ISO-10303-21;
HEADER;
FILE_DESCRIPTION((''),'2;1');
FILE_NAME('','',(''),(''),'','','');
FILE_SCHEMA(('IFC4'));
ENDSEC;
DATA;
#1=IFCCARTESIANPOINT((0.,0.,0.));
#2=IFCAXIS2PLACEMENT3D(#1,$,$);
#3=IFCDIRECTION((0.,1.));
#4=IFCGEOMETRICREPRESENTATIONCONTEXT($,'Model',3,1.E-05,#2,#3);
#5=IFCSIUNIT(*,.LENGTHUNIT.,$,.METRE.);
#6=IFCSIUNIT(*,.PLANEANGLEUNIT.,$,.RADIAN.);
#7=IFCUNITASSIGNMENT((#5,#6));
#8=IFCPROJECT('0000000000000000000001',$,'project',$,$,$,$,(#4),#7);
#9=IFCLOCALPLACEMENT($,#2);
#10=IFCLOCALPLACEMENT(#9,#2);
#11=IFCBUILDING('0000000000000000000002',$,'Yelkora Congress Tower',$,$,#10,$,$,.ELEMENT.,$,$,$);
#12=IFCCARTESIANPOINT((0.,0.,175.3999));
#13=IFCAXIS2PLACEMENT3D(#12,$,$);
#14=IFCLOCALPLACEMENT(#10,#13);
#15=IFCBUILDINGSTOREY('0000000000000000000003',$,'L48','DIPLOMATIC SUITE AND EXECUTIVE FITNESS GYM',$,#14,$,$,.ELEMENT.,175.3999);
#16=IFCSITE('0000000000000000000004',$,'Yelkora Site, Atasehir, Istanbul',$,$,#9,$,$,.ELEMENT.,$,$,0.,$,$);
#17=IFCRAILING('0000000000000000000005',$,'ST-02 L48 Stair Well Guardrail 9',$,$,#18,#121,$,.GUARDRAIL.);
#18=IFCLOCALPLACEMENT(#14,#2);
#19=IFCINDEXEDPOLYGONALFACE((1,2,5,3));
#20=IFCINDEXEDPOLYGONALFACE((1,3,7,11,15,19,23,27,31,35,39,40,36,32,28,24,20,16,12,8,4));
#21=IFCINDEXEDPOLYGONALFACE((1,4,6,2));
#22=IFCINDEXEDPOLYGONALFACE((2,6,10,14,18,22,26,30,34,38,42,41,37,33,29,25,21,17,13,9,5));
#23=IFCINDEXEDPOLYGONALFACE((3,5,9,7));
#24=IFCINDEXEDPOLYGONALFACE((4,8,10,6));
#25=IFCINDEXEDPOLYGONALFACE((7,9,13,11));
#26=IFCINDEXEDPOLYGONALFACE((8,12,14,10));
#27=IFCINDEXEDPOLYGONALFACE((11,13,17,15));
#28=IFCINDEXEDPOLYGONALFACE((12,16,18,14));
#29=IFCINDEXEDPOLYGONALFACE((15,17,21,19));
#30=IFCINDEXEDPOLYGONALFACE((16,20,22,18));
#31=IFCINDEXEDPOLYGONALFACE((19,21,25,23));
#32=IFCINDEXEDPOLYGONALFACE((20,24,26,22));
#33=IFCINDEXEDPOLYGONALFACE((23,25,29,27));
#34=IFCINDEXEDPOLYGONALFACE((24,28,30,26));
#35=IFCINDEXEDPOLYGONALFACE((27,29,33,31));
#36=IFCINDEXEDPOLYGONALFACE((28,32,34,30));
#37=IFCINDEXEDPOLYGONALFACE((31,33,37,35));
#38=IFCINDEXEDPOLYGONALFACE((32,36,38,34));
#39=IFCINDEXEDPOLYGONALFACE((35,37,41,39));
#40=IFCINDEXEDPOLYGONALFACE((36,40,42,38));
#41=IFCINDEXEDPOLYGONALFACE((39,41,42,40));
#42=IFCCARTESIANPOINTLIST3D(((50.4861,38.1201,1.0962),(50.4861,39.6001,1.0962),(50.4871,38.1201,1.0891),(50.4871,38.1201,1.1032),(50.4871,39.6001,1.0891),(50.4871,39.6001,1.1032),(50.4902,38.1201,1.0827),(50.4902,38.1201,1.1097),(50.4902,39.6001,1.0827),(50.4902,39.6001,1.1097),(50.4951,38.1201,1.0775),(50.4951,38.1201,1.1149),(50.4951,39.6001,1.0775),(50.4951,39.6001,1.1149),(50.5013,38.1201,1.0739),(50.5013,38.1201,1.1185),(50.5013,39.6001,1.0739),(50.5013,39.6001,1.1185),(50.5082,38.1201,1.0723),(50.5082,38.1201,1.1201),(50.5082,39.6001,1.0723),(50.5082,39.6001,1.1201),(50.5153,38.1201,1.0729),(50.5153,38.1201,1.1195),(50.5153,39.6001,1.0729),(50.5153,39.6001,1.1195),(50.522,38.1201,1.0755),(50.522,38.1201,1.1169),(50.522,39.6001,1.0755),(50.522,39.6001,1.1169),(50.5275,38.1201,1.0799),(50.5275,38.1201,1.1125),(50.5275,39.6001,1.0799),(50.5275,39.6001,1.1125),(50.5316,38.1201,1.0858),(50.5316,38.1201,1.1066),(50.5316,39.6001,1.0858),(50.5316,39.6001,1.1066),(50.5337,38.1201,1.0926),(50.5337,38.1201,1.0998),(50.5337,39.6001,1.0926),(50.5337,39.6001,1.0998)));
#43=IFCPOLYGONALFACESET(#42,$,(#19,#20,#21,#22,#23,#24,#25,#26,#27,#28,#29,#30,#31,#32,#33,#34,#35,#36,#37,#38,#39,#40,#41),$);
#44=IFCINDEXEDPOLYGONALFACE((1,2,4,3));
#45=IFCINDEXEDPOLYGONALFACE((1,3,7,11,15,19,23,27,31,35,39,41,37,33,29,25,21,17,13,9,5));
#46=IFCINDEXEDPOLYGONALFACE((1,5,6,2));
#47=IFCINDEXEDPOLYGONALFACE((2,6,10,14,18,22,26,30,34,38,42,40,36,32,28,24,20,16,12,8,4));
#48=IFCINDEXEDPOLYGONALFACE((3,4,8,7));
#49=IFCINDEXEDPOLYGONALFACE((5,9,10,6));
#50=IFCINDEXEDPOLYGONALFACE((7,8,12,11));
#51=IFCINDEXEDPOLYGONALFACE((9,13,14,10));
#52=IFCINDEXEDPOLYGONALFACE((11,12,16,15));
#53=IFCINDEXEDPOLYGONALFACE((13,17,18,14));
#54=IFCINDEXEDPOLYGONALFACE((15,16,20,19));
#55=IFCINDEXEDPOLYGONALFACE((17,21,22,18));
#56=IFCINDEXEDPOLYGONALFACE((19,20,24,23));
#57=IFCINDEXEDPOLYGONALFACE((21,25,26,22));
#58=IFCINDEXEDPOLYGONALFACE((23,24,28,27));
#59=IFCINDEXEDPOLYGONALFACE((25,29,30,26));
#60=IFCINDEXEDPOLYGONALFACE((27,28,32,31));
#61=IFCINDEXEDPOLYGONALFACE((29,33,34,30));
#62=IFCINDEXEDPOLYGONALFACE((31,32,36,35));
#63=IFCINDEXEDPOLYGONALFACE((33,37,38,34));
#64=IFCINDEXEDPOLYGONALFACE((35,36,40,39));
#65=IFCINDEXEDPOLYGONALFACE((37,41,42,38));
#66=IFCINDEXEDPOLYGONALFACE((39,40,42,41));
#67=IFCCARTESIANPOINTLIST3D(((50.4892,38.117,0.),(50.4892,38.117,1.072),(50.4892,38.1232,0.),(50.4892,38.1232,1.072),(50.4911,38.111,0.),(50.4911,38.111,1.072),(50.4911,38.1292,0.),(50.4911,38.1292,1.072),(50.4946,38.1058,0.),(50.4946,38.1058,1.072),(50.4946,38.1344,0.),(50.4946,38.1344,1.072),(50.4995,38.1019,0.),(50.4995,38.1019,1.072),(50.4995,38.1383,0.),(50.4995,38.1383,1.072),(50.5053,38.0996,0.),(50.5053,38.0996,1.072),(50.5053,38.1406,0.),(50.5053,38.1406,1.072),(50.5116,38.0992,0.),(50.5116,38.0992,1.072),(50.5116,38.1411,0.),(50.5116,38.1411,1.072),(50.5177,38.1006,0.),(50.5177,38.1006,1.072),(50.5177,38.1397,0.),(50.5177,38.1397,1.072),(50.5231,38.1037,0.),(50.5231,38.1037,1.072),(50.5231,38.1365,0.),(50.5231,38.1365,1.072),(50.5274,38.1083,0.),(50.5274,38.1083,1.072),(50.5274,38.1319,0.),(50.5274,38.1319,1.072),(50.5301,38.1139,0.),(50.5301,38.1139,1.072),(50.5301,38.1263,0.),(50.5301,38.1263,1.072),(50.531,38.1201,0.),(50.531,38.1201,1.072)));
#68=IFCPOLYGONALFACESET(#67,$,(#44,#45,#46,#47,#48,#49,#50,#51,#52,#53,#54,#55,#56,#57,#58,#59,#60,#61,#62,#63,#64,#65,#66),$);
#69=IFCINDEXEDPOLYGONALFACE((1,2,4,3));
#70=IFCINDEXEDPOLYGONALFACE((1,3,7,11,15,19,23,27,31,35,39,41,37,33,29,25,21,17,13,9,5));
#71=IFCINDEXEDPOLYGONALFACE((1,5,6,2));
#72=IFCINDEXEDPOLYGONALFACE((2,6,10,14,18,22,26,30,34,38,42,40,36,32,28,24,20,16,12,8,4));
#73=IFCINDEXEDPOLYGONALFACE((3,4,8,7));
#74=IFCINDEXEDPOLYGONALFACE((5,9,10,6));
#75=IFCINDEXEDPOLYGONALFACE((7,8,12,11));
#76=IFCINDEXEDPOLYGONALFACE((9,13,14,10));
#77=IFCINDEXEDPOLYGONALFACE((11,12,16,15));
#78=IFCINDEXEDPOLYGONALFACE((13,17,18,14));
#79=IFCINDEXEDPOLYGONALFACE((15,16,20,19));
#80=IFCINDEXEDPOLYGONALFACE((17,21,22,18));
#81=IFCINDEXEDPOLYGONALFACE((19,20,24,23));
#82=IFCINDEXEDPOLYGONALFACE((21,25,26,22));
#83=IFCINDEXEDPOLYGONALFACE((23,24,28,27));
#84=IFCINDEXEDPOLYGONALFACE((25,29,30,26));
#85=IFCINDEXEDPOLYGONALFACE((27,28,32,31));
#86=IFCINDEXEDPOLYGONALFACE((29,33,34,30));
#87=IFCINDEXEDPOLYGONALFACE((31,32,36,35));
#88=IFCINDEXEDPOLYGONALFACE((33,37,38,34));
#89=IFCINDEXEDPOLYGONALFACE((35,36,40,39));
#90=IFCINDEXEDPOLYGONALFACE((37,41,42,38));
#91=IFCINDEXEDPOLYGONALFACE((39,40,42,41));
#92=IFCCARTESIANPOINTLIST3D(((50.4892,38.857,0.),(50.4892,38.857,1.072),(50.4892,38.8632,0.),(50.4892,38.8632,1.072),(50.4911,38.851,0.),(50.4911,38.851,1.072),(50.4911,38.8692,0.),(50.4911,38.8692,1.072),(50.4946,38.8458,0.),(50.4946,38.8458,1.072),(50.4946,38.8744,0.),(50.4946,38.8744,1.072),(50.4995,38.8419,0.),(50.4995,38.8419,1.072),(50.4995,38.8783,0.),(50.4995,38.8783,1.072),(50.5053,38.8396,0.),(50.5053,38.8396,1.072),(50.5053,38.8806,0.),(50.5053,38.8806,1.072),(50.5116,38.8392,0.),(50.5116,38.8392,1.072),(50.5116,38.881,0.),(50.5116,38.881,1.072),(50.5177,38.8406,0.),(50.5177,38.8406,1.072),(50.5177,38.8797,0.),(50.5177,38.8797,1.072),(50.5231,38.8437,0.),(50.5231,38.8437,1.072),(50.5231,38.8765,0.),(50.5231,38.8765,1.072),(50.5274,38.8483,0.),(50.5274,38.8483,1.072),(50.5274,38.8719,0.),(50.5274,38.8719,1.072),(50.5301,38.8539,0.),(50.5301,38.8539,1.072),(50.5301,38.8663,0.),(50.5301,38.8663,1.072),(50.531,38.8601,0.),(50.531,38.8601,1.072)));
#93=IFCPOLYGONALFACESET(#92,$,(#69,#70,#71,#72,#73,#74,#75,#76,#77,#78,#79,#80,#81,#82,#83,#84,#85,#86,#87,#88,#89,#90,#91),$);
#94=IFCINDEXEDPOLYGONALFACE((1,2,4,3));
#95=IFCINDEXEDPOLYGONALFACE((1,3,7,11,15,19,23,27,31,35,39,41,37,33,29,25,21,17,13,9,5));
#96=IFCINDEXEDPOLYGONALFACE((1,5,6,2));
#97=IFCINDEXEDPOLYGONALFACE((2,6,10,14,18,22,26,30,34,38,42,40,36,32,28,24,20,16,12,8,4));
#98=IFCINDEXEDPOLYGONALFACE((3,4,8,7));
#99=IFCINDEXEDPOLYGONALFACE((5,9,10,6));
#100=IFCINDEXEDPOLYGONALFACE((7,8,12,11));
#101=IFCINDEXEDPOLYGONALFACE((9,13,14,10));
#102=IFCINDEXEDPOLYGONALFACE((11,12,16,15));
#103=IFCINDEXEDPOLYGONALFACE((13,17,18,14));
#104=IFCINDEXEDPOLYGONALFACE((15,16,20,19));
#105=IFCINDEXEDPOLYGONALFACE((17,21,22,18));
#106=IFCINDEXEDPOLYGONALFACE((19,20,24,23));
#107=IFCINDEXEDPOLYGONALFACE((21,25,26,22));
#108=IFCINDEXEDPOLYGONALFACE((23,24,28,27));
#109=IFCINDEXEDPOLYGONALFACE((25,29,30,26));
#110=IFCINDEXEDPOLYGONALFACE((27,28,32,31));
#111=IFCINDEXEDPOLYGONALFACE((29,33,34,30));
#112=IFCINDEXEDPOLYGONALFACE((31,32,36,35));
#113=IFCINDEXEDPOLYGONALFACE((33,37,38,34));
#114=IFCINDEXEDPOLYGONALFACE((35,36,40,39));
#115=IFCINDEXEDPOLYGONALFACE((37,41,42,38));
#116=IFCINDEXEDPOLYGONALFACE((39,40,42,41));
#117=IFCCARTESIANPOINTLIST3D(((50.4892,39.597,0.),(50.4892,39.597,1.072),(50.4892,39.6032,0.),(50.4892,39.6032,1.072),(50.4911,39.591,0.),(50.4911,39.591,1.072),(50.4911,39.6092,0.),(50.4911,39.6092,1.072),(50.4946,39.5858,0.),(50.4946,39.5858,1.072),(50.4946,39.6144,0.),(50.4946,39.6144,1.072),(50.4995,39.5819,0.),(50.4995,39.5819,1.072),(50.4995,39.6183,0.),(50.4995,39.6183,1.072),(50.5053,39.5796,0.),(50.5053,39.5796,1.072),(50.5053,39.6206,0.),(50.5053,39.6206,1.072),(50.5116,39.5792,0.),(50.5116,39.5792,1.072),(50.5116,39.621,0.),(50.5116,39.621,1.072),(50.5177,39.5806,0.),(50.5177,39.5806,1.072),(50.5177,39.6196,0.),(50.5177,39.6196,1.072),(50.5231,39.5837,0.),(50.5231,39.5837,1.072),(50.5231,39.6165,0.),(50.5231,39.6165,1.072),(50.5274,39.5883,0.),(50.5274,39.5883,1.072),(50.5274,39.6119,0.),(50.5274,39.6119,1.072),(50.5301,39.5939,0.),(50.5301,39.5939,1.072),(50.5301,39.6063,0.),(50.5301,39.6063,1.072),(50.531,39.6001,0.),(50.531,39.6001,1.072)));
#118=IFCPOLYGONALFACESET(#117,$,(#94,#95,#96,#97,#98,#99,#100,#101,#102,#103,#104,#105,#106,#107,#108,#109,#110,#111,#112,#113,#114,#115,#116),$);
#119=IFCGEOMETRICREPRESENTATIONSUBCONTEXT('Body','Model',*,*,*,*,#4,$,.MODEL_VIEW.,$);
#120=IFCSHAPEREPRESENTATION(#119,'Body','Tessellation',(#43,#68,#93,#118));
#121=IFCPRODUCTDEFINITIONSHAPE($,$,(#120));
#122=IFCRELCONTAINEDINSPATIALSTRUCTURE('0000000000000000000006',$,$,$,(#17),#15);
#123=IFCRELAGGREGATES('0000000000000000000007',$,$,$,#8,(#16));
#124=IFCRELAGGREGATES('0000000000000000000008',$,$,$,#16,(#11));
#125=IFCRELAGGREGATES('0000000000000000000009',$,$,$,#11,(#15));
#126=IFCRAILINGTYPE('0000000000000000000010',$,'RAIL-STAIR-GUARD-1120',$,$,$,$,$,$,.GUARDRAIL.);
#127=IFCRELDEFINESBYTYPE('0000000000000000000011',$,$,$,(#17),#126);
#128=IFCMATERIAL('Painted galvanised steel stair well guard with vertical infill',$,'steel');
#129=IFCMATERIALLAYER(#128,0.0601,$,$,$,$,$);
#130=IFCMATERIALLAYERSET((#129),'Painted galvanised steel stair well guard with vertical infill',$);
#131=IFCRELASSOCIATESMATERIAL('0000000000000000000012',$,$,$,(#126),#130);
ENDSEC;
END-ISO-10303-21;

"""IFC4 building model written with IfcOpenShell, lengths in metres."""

from ifc_helpers import new_model, si_unit, direction, frame, origin, origin_2d, place, context, subcontext, project, spatial, circle, extrude, material, layer, layer_set, type_object, element, save


model = new_model("IFC4")

# Units and contexts
model_context = context("Model", 3, precision=1e-05, world=origin(), true_north=direction((0.0, 1.0)))
body_context = subcontext(model_context, "Body", "Model", "MODEL_VIEW")
ifc_project = project(units=[si_unit("LENGTHUNIT", "METRE"), si_unit("PLANEANGLEUNIT", "RADIAN")], contexts=[model_context])

# Site, building, storey
site_placement = place(None, origin())
site = spatial("IfcSite", under=ifc_project, at=site_placement, Name="Yelkora Site, Atasehir, Istanbul", CompositionType="ELEMENT", RefElevation=0.0)
building_placement = place(site_placement, origin())
building = spatial("IfcBuilding", under=site, at=building_placement, Name="Yelkora Congress Tower", CompositionType="ELEMENT")
storey_placement = place(building_placement, frame((0.0, 0.0, 175.3999)))
storey = spatial("IfcBuildingStorey", under=building, at=storey_placement, Name="L48", Description="DIPLOMATIC SUITE AND EXECUTIVE FITNESS GYM", CompositionType="ELEMENT", Elevation=175.3999)

# Railing
ifc_material_1 = material(Name="Painted galvanised steel stair well guard with vertical infill", Category="steel")
ifc_layer_1 = layer(ifc_material_1, 0.0601)
ifc_layer_set_1 = layer_set([ifc_layer_1], Name="Painted galvanised steel stair well guard with vertical infill")
railing_type_1 = type_object("IfcRailingType", Name="RAIL-STAIR-GUARD-1120", PredefinedType="GUARDRAIL", material=ifc_layer_set_1)
railing_1_placement = place(storey_placement, frame((50.51, 38.1201, 0.0)))
element("IfcRailing", 1, at=railing_1_placement, inside=storey, type_object=railing_type_1, Name="ST-02 L48 Stair Well Guardrail 9", PredefinedType="GUARDRAIL", context=body_context, shape_type="SweptSolid", body=[
    extrude(circle(Radius=0.0239, at=origin_2d()), frame((0.0, 0.0, 1.0962), z_axis=(0.0, 1.0, 0.0), x_axis=(-1.0, 0.0, 0.0)), (0.0, 0.0, 1.0), 1.48),
    extrude(circle(Radius=0.021, at=origin_2d()), origin(), (0.0, 0.0, 1.0), 1.072),
    extrude(circle(Radius=0.021, at=origin_2d()), frame((0.0, 0.74, 0.0)), (0.0, 0.0, 1.0), 1.072),
    extrude(circle(Radius=0.021, at=origin_2d()), frame((0.0, 1.48, 0.0)), (0.0, 0.0, 1.0), 1.072),
])

save(model, "model.ifc")
